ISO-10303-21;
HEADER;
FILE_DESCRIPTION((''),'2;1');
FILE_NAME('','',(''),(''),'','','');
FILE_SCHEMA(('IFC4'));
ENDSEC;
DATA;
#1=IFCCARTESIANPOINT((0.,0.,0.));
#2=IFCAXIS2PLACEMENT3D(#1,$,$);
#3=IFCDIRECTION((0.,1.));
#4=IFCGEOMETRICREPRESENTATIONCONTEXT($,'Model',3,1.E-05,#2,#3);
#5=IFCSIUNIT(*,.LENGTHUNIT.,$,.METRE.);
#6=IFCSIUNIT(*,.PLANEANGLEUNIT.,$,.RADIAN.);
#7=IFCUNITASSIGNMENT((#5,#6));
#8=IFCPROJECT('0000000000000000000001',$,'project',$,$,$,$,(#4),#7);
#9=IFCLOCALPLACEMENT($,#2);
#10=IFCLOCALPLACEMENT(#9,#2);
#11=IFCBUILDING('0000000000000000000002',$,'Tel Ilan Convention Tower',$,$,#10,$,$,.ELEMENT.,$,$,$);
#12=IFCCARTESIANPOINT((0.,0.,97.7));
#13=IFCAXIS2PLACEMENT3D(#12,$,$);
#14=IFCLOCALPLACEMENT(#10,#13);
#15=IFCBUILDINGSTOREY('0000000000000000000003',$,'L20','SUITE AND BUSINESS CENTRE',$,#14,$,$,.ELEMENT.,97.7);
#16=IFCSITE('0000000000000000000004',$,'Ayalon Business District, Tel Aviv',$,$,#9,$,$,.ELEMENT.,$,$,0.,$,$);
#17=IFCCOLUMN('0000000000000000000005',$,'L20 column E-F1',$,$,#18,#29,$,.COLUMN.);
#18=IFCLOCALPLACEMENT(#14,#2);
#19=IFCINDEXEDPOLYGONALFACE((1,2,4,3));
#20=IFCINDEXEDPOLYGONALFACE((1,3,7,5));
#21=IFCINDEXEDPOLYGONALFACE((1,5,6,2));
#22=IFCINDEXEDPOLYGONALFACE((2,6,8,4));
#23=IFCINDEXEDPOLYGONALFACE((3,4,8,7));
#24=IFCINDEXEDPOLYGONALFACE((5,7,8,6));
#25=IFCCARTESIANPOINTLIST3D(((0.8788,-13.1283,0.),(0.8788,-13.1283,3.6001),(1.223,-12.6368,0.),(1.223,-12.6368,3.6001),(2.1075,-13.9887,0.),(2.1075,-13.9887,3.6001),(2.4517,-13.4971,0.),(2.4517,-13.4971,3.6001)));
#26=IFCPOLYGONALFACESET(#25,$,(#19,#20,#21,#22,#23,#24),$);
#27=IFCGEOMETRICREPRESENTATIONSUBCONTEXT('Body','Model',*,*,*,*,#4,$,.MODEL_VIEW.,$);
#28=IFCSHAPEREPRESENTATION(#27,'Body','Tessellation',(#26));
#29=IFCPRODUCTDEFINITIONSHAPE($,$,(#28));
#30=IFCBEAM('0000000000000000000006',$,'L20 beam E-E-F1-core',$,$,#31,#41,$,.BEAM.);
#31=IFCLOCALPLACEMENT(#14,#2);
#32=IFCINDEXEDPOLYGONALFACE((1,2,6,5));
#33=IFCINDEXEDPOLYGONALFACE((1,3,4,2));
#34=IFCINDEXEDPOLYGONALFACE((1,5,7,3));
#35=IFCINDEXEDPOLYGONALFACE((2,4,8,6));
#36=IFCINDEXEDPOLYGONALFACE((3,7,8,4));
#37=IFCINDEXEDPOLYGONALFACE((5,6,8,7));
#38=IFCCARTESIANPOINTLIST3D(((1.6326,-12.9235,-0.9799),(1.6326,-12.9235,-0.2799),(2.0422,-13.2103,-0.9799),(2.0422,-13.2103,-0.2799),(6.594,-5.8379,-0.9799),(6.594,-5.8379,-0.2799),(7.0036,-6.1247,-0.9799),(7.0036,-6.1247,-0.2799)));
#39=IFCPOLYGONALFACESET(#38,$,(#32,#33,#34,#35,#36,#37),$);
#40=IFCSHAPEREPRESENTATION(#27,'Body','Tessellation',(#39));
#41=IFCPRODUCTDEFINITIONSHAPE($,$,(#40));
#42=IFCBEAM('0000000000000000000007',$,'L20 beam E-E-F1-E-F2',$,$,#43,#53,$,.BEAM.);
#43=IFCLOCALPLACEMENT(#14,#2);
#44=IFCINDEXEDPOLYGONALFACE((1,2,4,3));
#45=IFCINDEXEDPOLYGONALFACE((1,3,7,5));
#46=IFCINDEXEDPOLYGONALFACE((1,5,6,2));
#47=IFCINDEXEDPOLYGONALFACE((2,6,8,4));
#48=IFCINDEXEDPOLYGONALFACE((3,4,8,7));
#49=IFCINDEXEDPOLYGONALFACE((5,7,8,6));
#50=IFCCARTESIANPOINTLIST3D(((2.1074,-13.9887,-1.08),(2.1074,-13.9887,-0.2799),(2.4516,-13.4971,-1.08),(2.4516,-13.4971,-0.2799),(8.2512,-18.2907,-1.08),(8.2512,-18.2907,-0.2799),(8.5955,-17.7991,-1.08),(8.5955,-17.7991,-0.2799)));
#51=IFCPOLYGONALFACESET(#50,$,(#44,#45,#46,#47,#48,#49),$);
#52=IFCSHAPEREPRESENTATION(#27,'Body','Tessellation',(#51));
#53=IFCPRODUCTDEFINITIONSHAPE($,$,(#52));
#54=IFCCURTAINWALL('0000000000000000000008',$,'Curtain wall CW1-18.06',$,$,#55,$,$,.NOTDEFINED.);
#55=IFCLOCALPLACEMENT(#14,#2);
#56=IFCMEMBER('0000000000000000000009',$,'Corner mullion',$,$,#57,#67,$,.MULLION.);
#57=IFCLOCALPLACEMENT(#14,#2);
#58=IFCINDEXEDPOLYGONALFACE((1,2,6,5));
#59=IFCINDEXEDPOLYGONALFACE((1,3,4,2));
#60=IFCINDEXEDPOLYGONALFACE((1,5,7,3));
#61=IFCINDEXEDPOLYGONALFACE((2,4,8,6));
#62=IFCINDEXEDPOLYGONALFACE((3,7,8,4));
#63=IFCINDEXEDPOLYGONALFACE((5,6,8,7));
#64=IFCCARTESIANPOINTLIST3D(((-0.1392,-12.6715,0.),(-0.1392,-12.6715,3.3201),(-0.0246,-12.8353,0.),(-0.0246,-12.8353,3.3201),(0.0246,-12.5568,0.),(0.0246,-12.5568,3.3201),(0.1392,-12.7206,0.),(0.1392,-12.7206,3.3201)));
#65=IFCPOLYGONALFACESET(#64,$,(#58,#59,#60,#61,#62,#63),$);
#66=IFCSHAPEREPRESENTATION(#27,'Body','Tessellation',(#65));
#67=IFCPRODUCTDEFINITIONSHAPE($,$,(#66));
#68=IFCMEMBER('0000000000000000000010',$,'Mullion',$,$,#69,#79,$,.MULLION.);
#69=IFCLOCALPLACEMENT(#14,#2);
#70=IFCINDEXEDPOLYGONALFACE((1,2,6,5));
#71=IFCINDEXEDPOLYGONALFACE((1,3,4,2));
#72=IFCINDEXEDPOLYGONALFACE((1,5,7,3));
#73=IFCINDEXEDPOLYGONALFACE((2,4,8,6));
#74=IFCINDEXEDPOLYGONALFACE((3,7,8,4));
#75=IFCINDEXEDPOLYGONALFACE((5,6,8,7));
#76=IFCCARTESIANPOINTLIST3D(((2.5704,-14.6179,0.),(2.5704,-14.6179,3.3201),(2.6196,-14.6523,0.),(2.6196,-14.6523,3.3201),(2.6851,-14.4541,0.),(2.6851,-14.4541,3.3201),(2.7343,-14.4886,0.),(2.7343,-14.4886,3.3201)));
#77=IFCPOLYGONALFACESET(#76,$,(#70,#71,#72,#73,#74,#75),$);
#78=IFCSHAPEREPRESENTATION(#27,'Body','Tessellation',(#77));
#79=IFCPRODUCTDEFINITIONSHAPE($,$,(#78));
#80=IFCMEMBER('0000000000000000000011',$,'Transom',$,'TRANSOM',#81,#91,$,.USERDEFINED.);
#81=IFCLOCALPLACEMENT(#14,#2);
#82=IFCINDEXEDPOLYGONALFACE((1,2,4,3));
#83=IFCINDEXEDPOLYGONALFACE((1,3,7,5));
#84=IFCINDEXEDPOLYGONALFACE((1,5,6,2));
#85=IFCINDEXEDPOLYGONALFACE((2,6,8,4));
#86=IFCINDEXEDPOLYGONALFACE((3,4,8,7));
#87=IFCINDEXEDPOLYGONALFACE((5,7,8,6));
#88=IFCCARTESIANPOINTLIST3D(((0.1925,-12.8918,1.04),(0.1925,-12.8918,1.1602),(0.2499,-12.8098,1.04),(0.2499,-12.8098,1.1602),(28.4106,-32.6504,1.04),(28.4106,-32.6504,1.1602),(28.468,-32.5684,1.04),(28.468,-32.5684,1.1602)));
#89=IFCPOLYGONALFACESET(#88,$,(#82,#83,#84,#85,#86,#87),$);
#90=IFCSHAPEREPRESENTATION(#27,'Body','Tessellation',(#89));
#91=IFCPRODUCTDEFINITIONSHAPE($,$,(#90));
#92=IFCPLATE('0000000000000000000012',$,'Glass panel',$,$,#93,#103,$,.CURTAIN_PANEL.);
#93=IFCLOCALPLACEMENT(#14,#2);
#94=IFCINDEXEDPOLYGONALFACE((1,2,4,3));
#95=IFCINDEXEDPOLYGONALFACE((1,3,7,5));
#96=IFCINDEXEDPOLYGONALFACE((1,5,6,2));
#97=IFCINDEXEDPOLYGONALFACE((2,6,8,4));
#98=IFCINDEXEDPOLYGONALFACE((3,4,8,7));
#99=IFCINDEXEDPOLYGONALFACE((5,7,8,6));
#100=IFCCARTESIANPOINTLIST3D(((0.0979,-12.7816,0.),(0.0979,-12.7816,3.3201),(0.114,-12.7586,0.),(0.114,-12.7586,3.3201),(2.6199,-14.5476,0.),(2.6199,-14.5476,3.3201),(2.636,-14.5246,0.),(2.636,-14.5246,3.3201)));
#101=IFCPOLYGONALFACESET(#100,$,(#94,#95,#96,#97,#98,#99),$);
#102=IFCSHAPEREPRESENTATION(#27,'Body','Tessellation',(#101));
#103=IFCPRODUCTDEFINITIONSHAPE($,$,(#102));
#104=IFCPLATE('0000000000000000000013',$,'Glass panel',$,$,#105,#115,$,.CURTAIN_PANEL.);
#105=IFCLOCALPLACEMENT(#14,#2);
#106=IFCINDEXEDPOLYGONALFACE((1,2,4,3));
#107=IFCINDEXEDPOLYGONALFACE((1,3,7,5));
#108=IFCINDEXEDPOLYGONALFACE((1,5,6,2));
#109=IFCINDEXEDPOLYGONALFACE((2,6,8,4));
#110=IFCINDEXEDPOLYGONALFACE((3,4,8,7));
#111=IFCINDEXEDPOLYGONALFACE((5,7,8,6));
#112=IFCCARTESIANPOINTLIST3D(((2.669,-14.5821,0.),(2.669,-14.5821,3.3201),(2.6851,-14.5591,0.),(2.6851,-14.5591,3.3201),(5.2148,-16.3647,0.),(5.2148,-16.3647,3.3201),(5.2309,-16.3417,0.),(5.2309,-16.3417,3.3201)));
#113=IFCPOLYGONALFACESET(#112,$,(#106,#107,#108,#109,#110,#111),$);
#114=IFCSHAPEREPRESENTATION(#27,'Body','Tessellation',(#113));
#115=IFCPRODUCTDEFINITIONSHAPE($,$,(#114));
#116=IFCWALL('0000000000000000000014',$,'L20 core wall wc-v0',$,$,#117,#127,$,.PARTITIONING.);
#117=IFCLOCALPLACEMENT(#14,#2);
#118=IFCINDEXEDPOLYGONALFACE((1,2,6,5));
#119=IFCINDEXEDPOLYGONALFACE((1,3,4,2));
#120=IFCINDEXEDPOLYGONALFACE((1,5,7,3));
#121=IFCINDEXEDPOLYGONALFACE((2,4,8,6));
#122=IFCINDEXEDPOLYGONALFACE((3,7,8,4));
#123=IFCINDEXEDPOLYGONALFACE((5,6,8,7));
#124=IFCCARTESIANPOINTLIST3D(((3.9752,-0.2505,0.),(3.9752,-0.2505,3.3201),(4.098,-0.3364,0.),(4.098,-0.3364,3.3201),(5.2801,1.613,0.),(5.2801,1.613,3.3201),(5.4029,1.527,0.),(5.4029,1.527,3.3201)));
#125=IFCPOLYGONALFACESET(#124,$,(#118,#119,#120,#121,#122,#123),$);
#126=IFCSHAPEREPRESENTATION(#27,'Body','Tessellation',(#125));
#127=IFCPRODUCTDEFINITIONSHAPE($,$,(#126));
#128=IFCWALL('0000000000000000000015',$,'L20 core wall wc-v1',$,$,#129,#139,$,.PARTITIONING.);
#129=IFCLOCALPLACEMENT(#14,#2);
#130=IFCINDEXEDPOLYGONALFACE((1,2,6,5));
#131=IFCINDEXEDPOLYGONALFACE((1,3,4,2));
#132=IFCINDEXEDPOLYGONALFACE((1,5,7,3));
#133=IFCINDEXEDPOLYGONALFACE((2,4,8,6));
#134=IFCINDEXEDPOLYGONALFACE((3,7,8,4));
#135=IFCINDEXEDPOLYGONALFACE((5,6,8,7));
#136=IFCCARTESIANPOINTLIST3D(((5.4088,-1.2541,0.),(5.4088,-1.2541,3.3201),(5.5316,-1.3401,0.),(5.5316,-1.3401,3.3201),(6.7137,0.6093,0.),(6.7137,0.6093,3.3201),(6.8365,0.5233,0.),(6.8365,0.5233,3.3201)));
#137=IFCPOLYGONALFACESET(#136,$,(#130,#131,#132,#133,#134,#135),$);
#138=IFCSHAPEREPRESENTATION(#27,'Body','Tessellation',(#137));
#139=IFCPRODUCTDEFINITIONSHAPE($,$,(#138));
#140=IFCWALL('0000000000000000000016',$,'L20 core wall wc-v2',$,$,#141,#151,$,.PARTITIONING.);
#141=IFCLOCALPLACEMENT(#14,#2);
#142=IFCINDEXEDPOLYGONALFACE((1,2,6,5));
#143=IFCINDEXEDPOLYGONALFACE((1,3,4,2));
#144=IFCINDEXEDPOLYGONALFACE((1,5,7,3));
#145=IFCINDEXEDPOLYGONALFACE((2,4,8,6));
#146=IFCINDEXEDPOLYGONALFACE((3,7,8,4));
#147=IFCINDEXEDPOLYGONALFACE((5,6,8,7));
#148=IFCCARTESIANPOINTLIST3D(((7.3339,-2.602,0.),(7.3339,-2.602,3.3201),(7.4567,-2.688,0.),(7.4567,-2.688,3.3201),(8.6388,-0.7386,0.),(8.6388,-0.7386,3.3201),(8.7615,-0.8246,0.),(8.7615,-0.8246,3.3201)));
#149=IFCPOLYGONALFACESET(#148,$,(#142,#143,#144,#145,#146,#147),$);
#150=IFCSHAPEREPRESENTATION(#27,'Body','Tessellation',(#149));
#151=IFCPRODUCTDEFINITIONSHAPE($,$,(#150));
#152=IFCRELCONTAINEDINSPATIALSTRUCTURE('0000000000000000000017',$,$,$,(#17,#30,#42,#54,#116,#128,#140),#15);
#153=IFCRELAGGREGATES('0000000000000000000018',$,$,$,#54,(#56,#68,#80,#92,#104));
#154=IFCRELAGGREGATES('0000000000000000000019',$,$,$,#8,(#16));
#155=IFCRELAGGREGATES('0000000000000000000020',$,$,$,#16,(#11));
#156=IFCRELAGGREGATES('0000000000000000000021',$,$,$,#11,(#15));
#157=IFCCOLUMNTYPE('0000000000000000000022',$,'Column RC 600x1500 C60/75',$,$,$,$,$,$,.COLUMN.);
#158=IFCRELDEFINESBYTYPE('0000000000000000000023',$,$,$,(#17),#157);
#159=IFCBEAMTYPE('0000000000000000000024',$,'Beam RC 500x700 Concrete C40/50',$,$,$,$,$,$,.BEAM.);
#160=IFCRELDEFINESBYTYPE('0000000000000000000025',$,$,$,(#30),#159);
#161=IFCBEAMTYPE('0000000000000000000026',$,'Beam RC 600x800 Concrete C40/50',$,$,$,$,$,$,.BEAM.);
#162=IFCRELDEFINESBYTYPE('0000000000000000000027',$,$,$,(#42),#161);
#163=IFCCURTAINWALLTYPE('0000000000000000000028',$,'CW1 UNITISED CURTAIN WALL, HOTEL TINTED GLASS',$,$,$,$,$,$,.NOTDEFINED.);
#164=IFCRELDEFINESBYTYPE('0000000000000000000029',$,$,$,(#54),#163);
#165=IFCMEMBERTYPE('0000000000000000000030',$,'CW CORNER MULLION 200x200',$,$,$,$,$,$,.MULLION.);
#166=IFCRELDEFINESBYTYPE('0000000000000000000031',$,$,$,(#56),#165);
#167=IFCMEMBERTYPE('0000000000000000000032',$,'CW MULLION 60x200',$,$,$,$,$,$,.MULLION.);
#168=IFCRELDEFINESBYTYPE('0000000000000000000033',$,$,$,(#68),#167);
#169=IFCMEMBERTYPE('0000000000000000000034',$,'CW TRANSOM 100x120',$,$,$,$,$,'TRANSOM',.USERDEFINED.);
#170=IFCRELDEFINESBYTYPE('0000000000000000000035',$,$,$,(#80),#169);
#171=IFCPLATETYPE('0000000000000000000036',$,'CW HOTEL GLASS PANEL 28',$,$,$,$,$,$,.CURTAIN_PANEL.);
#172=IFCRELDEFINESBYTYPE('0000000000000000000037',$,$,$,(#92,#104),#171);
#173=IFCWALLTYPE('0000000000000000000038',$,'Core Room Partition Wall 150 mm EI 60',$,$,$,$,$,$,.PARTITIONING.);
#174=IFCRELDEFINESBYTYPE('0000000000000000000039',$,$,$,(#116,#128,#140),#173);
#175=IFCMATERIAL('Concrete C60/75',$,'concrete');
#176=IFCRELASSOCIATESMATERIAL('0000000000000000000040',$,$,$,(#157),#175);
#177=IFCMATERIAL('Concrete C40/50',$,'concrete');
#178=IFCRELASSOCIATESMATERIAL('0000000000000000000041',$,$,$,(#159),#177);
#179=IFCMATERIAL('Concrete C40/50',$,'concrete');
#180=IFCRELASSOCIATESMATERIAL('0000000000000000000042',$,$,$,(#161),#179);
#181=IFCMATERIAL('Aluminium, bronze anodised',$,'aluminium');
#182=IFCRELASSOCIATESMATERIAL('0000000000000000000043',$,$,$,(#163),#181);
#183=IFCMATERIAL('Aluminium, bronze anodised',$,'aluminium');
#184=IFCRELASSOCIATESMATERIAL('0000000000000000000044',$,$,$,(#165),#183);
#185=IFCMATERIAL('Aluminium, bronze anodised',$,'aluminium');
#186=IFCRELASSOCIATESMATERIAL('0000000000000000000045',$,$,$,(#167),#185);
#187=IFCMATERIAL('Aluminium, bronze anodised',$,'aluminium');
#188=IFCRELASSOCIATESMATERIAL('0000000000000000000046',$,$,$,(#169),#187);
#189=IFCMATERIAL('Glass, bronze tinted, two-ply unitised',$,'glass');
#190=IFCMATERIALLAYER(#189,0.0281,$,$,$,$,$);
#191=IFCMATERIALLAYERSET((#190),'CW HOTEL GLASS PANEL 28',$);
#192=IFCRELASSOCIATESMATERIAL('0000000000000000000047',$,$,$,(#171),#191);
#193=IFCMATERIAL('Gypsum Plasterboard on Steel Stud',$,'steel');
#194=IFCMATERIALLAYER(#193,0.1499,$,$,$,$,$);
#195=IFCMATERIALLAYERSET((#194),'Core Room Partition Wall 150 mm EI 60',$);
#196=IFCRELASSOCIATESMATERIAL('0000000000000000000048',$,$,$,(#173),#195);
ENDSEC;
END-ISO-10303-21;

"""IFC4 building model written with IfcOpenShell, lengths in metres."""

from ifc_helpers import new_model, si_unit, direction, frame, frame_2d, origin, origin_2d, place, context, subcontext, project, spatial, rectangle, extrude, material, layer, layer_set, material_profile, profile_set, type_object, element, aggregate, save


model = new_model("IFC4")

# Units and contexts
model_context = context("Model", 3, precision=1e-05, world=origin(), true_north=direction((0.0, 1.0)))
body_context = subcontext(model_context, "Body", "Model", "MODEL_VIEW")
ifc_project = project(units=[si_unit("LENGTHUNIT", "METRE"), si_unit("PLANEANGLEUNIT", "RADIAN")], contexts=[model_context])

# Site, building, storey
site_placement = place(None, origin())
site = spatial("IfcSite", under=ifc_project, at=site_placement, Name="Ayalon Business District, Tel Aviv", CompositionType="ELEMENT", RefElevation=0.0)
building_placement = place(site_placement, origin())
building = spatial("IfcBuilding", under=site, at=building_placement, Name="Tel Ilan Convention Tower", CompositionType="ELEMENT")
storey_placement = place(building_placement, frame((0.0, 0.0, 97.7)))
storey = spatial("IfcBuildingStorey", under=building, at=storey_placement, Name="L20", Description="SUITE AND BUSINESS CENTRE", CompositionType="ELEMENT", Elevation=97.7)

# Column
ifc_material_1 = material(Name="Concrete C60/75", Category="concrete")
ifc_material_profile_1 = material_profile(ifc_material_1, rectangle(XDim=1.5, YDim=0.6001, at=origin_2d()), Name="RC 600x1500")
ifc_profile_set_1 = profile_set([ifc_material_profile_1], Name="Concrete C60/75")
column_type = type_object("IfcColumnType", Name="Column RC 600x1500 C60/75", PredefinedType="COLUMN", material=ifc_profile_set_1)
column_placement = place(storey_placement, frame((1.6653, -13.3127, 0.0), z_axis=(0.0, 0.0, 1.0), x_axis=(0.819152, -0.573576, 0.0)))
element("IfcColumn", 1, at=column_placement, inside=storey, type_object=column_type, Name="L20 column E-F1", PredefinedType="COLUMN", context=body_context, shape_type="SweptSolid", body=[
    extrude(rectangle(XDim=1.5, YDim=0.6001, at=origin_2d()), origin(), (0.0, 0.0, 1.0), 3.6001),
])

# Beams
ifc_material_2 = material(Name="Concrete C40/50", Category="concrete")
ifc_material_profile_2 = material_profile(ifc_material_2, rectangle(XDim=0.5, YDim=0.7, at=origin_2d()), Name="RC 500x700")
ifc_profile_set_2 = profile_set([ifc_material_profile_2], Name="Concrete C40/50")
beam_type_1 = type_object("IfcBeamType", Name="Beam RC 500x700 Concrete C40/50", PredefinedType="BEAM", material=ifc_profile_set_2)
beam_1_placement = place(storey_placement, frame((1.8374, -13.0669, -0.6299), z_axis=(0.573574, 0.819154, 0.0), x_axis=(-0.819154, 0.573574, 0.0)))
element("IfcBeam", 2, at=beam_1_placement, inside=storey, type_object=beam_type_1, Name="L20 beam E-E-F1-core", PredefinedType="BEAM", context=body_context, shape_type="SweptSolid", body=[
    extrude(rectangle(XDim=0.5, YDim=0.7, at=origin_2d()), origin(), (0.0, 0.0, 1.0), 8.6499),
])
ifc_material_3 = material(Name="Concrete C40/50", Category="concrete")
ifc_material_profile_3 = material_profile(ifc_material_3, rectangle(XDim=0.6001, YDim=0.8, at=origin_2d()), Name="RC 600x800")
ifc_profile_set_3 = profile_set([ifc_material_profile_3], Name="Concrete C40/50")
beam_type_2 = type_object("IfcBeamType", Name="Beam RC 600x800 Concrete C40/50", PredefinedType="BEAM", material=ifc_profile_set_3)
beam_2_placement = place(storey_placement, frame((2.2795, -13.7429, -0.6799), z_axis=(0.819148, -0.573582, 0.0), x_axis=(0.573582, 0.819148, 0.0)))
element("IfcBeam", 3, at=beam_2_placement, inside=storey, type_object=beam_type_2, Name="L20 beam E-E-F1-E-F2", PredefinedType="BEAM", context=body_context, shape_type="SweptSolid", body=[
    extrude(rectangle(XDim=0.6001, YDim=0.8, at=origin_2d()), origin(), (0.0, 0.0, 1.0), 7.5002),
])

# Curtain wall, members, plates
ifc_material_4 = material(Name="Aluminium, bronze anodised", Category="aluminium")
curtain_wall_type = type_object("IfcCurtainWallType", Name="CW1 UNITISED CURTAIN WALL, HOTEL TINTED GLASS", PredefinedType="NOTDEFINED", material=ifc_material_4)
curtain_wall_placement = place(storey_placement, origin())
curtain_wall = element("IfcCurtainWall", 4, at=curtain_wall_placement, inside=storey, type_object=curtain_wall_type, Name="Curtain wall CW1-18.06", PredefinedType="NOTDEFINED")
ifc_material_5 = material(Name="Aluminium, bronze anodised", Category="aluminium")
ifc_material_profile_4 = material_profile(ifc_material_5, rectangle(XDim=0.2, YDim=0.2, at=origin_2d()), Name="CW CORNER MULLION 200x200")
ifc_profile_set_4 = profile_set([ifc_material_profile_4], Name="Aluminium, bronze anodised")
member_type_1 = type_object("IfcMemberType", Name="CW CORNER MULLION 200x200", PredefinedType="MULLION", material=ifc_profile_set_4)
member_1_placement = place(storey_placement, frame((0.0, -12.696, 0.0), z_axis=(0.0, 0.0, 1.0), x_axis=(0.819152, 0.573576, 0.0)))
member_1 = element("IfcMember", 5, at=member_1_placement, type_object=member_type_1, Name="Corner mullion", PredefinedType="MULLION", context=body_context, shape_type="SweptSolid", body=[
    extrude(rectangle(XDim=0.2, YDim=0.2, at=origin_2d()), origin(), (0.0, 0.0, 1.0), 3.3201),
])
ifc_material_6 = material(Name="Aluminium, bronze anodised", Category="aluminium")
ifc_material_profile_5 = material_profile(ifc_material_6, rectangle(XDim=0.0601, YDim=0.2, at=origin_2d()), Name="CW MULLION 60x200")
ifc_profile_set_5 = profile_set([ifc_material_profile_5], Name="Aluminium, bronze anodised")
member_type_2 = type_object("IfcMemberType", Name="CW MULLION 60x200", PredefinedType="MULLION", material=ifc_profile_set_5)
member_2_placement = place(storey_placement, frame((2.6523, -14.5532, 0.0), z_axis=(0.0, 0.0, 1.0), x_axis=(0.819152, -0.573576, 0.0)))
member_2 = element("IfcMember", 6, at=member_2_placement, type_object=member_type_2, Name="Mullion", PredefinedType="MULLION", context=body_context, shape_type="SweptSolid", body=[
    extrude(rectangle(XDim=0.0601, YDim=0.2, at=origin_2d()), origin(), (0.0, 0.0, 1.0), 3.3201),
])
ifc_material_7 = material(Name="Aluminium, bronze anodised", Category="aluminium")
ifc_material_profile_6 = material_profile(ifc_material_7, rectangle(XDim=0.1001, YDim=0.1201, at=origin_2d()), Name="CW TRANSOM 100x120")
ifc_profile_set_6 = profile_set([ifc_material_profile_6], Name="Aluminium, bronze anodised")
member_type_3 = type_object("IfcMemberType", Name="CW TRANSOM 100x120", ElementType="TRANSOM", PredefinedType="USERDEFINED", material=ifc_profile_set_6)
member_3_placement = place(storey_placement, frame((0.2212, -12.8508, 1.1001), z_axis=(0.819151, -0.573578, 0.0), x_axis=(0.573578, 0.819151, 0.0)))
member_3 = element("IfcMember", 7, at=member_3_placement, type_object=member_type_3, Name="Transom", ObjectType="TRANSOM", PredefinedType="USERDEFINED", context=body_context, shape_type="SweptSolid", body=[
    extrude(rectangle(XDim=0.1001, YDim=0.1201, at=origin_2d()), origin(), (0.0, 0.0, 1.0), 34.448),
])
ifc_material_8 = material(Name="Glass, bronze tinted, two-ply unitised", Category="glass")
ifc_layer_1 = layer(ifc_material_8, 0.0281)
ifc_layer_set_1 = layer_set([ifc_layer_1], Name="CW HOTEL GLASS PANEL 28")
plate_type = type_object("IfcPlateType", Name="CW HOTEL GLASS PANEL 28", PredefinedType="CURTAIN_PANEL", material=ifc_layer_set_1)
plate_1_placement = place(storey_placement, frame((1.3669, -13.6531, 0.0), z_axis=(0.0, 0.0, 1.0), x_axis=(0.819152, -0.573576, 0.0)))
plate_1 = element("IfcPlate", 8, at=plate_1_placement, type_object=plate_type, Name="Glass panel", PredefinedType="CURTAIN_PANEL", context=body_context, shape_type="SweptSolid", body=[
    extrude(rectangle(XDim=3.0789, YDim=0.0281, at=origin_2d()), origin(), (0.0, 0.0, 1.0), 3.3201),
])
plate_2_placement = place(storey_placement, frame((3.95, -15.4619, 0.0), z_axis=(0.0, 0.0, 1.0), x_axis=(0.819152, -0.573576, 0.0)))
plate_2 = element("IfcPlate", 9, at=plate_2_placement, type_object=plate_type, Name="Glass panel", PredefinedType="CURTAIN_PANEL", context=body_context, shape_type="SweptSolid", body=[
    extrude(rectangle(XDim=3.1079, YDim=0.0281, at=origin_2d()), origin(), (0.0, 0.0, 1.0), 3.3201),
])
aggregate(curtain_wall, [member_1, member_2, member_3, plate_1, plate_2])

# Walls
ifc_material_9 = material(Name="Gypsum Plasterboard on Steel Stud", Category="steel")
ifc_layer_2 = layer(ifc_material_9, 0.1499)
ifc_layer_set_2 = layer_set([ifc_layer_2], Name="Core Room Partition Wall 150 mm EI 60")
wall_type_1 = type_object("IfcWallType", Name="Core Room Partition Wall 150 mm EI 60", PredefinedType="PARTITIONING", material=ifc_layer_set_2)
for number, where, z_axis, x_axis, name in (
    (10, (4.0366, -0.2935, 0.0), (0.0, 0.0, 1.0), (0.573599, 0.819136, 0.0), "L20 core wall wc-v0"),
    (11, (5.4702, -1.2971, 0.0), (0.0, 0.0, 1.0), (0.573599, 0.819136, 0.0), "L20 core wall wc-v1"),
    (12, (7.3953, -2.645, 0.0), (0.0, 0.0, 1.0), (0.573599, 0.819136, 0.0), "L20 core wall wc-v2"),
):
    element("IfcWall", number, at=place(storey_placement, frame(where, z_axis=z_axis, x_axis=x_axis)), inside=storey, type_object=wall_type_1, Name=name, PredefinedType="PARTITIONING", context=body_context, shape_type="SweptSolid", body=[
        extrude(rectangle(XDim=2.2749, YDim=0.1499, at=frame_2d((1.1375, 0.0))), origin(), (0.0, 0.0, 1.0), 3.3201),
    ])

save(model, "model.ifc")
